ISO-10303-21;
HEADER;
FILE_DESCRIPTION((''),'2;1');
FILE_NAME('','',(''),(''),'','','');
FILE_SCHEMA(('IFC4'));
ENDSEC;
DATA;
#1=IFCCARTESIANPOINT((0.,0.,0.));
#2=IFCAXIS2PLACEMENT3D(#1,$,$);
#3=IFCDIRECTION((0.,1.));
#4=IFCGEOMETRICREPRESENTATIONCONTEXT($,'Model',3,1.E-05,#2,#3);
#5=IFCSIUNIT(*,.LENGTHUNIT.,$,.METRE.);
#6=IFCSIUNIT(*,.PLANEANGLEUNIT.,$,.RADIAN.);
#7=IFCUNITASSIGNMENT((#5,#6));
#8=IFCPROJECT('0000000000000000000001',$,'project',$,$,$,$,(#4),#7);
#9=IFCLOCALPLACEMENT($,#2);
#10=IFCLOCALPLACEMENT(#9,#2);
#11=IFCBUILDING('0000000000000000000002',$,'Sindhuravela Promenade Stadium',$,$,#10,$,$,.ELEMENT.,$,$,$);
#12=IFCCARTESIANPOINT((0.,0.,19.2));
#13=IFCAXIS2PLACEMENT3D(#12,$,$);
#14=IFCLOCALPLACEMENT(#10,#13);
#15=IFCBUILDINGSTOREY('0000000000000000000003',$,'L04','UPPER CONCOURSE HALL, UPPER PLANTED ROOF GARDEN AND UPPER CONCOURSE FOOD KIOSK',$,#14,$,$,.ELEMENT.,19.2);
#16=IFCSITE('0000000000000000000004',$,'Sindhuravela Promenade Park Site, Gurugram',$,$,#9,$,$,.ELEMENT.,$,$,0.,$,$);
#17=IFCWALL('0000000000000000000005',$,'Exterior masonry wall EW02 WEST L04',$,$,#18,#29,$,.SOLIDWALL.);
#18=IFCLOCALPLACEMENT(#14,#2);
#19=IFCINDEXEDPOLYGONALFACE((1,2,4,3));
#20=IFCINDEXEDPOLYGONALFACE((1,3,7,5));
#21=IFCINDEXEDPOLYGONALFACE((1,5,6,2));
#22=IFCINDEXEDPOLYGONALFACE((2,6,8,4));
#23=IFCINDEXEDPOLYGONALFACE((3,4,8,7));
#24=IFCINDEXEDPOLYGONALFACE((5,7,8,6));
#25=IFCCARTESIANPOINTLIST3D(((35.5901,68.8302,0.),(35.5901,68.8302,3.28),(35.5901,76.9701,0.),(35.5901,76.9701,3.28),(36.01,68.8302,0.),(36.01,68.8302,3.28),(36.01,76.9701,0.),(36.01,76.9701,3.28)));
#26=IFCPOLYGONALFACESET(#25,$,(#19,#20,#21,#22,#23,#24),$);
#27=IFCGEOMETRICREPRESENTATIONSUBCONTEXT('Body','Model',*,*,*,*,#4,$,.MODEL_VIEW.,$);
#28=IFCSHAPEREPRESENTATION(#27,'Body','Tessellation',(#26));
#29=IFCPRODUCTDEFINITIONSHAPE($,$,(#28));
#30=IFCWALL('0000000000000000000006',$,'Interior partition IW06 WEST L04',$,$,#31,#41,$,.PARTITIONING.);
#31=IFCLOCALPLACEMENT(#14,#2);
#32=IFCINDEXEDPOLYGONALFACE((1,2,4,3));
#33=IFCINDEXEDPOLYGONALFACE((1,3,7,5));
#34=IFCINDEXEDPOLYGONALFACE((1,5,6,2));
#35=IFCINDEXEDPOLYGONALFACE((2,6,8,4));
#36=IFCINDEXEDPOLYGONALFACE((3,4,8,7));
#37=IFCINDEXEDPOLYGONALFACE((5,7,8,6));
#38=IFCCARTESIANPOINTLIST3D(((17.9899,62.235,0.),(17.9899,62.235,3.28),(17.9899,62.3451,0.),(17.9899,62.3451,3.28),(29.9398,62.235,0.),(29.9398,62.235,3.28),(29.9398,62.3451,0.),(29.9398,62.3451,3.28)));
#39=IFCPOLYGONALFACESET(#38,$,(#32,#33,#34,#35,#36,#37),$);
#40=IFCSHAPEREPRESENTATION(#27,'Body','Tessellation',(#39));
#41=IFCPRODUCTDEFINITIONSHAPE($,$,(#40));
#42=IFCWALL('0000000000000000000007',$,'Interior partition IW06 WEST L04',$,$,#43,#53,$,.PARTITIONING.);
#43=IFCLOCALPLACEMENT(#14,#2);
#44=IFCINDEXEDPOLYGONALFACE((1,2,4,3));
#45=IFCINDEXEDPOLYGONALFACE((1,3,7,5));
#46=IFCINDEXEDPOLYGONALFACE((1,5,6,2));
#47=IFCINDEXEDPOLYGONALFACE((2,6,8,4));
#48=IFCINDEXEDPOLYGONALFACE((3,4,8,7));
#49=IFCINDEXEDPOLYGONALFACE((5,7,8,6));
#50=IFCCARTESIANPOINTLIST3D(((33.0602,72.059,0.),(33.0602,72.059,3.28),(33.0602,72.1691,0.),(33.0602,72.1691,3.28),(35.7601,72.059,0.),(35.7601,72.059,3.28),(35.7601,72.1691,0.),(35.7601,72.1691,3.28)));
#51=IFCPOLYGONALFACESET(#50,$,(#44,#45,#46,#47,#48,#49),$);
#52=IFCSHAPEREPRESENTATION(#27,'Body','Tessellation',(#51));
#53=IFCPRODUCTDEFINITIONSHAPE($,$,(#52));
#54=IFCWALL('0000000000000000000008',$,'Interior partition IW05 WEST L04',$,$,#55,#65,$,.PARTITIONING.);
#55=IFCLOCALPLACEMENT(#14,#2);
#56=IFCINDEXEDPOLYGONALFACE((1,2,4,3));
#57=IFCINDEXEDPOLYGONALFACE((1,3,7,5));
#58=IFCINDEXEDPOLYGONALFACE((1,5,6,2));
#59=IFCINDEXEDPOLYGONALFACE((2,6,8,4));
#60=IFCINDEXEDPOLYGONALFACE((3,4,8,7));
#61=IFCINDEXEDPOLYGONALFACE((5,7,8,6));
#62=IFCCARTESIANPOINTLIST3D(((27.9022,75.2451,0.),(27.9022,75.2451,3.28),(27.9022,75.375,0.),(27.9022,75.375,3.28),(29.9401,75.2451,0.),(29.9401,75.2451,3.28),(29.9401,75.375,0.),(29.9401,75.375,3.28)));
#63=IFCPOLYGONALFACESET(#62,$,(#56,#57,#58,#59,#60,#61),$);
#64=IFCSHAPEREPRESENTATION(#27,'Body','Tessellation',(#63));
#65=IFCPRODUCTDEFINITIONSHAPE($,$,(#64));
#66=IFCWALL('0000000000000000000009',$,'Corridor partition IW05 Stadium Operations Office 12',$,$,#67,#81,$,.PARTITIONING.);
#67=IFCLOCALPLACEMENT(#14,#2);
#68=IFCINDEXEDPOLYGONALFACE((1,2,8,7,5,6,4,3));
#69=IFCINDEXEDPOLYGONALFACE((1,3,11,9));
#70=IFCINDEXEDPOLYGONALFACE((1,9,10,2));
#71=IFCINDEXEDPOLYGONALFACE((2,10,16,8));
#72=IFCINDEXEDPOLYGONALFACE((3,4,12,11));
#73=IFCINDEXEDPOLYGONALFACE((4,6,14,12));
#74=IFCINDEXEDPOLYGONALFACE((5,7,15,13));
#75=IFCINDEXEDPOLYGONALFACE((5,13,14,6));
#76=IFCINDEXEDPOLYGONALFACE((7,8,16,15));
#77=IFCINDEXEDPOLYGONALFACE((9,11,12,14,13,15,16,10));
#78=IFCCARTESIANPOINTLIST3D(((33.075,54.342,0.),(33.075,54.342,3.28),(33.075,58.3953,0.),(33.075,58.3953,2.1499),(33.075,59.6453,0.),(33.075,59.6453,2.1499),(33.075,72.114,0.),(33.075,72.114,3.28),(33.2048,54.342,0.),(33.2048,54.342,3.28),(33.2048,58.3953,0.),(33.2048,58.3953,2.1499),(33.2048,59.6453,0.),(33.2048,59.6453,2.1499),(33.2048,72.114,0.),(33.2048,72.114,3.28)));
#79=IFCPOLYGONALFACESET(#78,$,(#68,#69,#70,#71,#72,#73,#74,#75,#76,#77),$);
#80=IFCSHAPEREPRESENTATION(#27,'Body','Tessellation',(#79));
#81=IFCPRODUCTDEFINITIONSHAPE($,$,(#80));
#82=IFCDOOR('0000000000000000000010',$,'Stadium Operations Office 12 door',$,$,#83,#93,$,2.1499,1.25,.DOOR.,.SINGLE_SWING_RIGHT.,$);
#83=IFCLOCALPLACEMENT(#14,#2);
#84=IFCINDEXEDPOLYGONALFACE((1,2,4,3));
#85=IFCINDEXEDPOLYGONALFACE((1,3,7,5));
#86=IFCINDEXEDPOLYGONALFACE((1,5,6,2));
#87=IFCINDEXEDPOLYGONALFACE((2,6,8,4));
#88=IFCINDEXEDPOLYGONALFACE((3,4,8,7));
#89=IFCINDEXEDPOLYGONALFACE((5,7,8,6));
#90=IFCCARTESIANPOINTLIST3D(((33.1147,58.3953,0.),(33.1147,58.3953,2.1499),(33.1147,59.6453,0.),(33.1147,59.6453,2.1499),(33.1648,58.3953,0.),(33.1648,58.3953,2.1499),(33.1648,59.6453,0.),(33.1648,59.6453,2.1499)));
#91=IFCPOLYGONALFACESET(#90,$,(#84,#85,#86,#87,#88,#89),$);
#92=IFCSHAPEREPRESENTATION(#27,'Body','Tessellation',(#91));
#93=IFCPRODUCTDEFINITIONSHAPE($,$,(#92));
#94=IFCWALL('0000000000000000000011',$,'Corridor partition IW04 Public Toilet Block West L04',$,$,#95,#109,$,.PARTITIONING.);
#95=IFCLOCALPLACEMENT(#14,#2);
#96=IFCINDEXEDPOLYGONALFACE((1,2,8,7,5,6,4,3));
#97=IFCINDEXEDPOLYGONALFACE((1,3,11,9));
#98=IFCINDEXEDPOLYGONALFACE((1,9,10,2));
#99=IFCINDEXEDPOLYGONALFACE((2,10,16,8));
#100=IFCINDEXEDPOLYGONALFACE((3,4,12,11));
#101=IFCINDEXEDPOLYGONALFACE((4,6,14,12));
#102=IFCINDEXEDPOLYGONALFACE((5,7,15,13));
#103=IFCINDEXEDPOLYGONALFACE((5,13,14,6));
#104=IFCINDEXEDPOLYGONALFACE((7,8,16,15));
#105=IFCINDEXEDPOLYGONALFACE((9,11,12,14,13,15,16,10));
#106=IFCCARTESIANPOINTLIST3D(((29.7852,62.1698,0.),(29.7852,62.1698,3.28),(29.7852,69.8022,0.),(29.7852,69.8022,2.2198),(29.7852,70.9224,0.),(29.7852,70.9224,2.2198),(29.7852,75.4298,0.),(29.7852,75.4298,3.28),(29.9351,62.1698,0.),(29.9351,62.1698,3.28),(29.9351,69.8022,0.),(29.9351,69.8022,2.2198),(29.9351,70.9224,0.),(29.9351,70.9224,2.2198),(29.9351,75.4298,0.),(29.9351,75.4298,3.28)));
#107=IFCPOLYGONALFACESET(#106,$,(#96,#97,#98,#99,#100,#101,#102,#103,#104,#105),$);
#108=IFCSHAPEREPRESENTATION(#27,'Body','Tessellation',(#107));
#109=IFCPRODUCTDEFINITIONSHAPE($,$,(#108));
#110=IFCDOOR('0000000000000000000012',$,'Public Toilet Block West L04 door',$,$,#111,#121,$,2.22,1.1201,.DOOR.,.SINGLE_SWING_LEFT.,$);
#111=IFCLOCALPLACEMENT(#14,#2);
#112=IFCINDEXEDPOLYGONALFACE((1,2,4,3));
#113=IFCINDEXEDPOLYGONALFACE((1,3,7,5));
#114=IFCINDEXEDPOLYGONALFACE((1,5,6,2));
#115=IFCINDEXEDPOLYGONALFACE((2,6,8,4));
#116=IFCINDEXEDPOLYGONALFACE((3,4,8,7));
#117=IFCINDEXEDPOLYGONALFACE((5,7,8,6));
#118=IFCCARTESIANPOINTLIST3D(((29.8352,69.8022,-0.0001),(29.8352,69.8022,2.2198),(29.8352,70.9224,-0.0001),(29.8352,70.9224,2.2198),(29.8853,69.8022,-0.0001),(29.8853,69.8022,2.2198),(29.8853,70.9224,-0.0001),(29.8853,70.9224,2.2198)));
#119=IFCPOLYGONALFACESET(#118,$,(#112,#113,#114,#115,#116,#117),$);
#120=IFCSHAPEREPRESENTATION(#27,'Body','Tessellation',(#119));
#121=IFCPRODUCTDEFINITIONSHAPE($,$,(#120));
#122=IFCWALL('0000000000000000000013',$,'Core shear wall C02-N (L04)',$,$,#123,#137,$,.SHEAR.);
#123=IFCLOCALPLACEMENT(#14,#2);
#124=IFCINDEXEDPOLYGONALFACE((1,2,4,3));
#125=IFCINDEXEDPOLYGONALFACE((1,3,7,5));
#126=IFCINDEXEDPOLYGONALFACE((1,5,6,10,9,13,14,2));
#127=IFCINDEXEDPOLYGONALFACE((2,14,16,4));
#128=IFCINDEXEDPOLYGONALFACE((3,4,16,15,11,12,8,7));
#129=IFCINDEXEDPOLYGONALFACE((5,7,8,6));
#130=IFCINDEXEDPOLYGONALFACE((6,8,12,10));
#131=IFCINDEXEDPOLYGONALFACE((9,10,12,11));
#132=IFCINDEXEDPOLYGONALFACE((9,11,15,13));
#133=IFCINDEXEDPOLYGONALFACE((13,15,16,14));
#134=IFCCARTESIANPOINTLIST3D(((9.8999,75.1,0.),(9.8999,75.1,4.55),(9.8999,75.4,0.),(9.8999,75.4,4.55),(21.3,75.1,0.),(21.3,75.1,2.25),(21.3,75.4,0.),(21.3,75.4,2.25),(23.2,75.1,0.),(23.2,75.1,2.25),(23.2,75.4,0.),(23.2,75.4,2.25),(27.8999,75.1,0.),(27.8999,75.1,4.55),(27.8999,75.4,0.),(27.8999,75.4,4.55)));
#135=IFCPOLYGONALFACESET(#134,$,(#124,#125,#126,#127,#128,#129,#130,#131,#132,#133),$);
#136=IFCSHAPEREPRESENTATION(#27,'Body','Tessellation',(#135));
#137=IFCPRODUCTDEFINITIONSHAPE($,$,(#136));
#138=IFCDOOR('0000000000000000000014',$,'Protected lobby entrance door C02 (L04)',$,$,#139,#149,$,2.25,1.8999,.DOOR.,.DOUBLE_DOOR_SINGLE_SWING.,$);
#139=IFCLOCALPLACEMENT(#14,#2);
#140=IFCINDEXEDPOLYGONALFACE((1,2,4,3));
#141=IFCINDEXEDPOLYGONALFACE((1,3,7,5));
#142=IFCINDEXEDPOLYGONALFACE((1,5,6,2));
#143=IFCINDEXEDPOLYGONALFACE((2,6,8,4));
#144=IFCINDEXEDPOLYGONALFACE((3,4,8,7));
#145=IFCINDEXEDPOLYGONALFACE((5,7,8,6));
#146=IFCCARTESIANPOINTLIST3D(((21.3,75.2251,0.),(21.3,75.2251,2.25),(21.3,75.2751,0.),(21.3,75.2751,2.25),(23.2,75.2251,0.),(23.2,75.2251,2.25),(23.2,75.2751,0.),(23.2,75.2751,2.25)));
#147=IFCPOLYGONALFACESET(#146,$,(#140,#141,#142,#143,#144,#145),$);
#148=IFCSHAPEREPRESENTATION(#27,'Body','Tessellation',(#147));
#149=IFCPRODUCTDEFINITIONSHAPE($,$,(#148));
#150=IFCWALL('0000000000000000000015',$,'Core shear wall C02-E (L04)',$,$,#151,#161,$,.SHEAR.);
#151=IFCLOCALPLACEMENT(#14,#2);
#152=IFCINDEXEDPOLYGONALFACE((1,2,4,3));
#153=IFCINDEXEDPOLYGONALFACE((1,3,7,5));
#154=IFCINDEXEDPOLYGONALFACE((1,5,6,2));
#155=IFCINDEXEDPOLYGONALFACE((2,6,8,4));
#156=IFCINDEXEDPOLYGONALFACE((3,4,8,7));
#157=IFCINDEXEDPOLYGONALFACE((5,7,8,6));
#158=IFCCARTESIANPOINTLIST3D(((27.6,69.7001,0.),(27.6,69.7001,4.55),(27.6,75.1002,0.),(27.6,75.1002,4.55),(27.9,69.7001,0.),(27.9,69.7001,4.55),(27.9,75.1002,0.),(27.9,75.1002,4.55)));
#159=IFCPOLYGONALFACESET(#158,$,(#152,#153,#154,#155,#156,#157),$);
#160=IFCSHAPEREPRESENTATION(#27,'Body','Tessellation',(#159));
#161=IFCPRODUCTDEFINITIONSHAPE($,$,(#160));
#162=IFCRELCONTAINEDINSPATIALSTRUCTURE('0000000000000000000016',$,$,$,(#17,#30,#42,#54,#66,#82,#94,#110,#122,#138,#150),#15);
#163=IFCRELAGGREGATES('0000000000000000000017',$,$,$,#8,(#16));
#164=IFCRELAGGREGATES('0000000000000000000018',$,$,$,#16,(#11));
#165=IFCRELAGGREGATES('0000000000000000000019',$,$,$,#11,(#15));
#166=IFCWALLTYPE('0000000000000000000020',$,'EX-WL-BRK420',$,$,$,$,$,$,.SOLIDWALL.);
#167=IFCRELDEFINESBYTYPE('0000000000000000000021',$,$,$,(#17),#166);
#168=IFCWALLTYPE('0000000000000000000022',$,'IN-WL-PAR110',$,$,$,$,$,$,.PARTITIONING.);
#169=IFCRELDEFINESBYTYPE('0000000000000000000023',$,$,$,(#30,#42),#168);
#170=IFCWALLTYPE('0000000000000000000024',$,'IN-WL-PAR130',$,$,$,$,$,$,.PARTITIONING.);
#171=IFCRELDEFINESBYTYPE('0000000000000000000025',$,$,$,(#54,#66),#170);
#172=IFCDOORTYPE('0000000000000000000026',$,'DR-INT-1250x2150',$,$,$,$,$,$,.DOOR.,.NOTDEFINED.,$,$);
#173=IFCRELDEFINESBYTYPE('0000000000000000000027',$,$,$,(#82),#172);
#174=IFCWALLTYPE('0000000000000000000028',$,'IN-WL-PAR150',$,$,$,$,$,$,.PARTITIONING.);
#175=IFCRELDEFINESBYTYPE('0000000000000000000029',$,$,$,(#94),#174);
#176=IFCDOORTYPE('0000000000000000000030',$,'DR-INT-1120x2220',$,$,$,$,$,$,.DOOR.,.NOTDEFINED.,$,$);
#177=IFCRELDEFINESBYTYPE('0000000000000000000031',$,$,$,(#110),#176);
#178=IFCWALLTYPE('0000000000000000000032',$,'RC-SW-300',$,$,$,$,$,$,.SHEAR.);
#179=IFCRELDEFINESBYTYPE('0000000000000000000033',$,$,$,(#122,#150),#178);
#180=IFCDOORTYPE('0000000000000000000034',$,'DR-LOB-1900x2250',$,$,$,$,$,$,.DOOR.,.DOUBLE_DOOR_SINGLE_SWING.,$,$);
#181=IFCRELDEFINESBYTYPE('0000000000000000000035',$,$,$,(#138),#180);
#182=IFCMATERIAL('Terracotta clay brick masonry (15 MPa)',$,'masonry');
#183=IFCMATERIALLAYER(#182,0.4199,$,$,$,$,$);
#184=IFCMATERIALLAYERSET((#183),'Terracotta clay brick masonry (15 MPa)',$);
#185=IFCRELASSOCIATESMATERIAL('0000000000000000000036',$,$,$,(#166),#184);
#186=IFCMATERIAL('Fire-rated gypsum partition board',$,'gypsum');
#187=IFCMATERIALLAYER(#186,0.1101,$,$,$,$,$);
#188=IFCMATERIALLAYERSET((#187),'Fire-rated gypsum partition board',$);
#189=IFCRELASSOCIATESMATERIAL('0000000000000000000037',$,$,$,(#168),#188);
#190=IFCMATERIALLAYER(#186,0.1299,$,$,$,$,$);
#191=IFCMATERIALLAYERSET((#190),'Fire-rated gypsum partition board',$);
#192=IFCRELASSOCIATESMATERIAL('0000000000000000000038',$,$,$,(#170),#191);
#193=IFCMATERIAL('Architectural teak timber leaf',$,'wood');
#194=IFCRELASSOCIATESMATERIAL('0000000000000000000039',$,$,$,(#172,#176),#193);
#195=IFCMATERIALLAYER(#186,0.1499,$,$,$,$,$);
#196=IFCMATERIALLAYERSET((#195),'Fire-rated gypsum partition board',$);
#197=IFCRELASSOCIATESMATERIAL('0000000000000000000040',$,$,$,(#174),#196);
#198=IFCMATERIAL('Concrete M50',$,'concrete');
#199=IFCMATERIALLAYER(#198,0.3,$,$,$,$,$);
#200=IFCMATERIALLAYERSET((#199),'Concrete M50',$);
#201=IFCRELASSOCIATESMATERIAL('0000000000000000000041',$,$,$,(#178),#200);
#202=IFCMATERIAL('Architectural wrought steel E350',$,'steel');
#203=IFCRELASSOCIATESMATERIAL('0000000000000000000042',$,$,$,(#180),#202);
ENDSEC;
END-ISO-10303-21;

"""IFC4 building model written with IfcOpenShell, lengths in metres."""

from ifc_helpers import new_model, si_unit, direction, frame, frame_2d, origin, place, context, subcontext, project, spatial, rectangle, extrude, material, layer, layer_set, type_object, element, fill, save


model = new_model("IFC4")

# Units and contexts
model_context = context("Model", 3, precision=1e-05, world=origin(), true_north=direction((0.0, 1.0)))
body_context = subcontext(model_context, "Body", "Model", "MODEL_VIEW")
ifc_project = project(units=[si_unit("LENGTHUNIT", "METRE"), si_unit("PLANEANGLEUNIT", "RADIAN")], contexts=[model_context])

# Site, building, storey
site_placement = place(None, origin())
site = spatial("IfcSite", under=ifc_project, at=site_placement, Name="Sindhuravela Promenade Park Site, Gurugram", CompositionType="ELEMENT", RefElevation=0.0)
building_placement = place(site_placement, origin())
building = spatial("IfcBuilding", under=site, at=building_placement, Name="Sindhuravela Promenade Stadium", CompositionType="ELEMENT")
storey_placement = place(building_placement, frame((0.0, 0.0, 19.2)))
storey = spatial("IfcBuildingStorey", under=building, at=storey_placement, Name="L04", Description="UPPER CONCOURSE HALL, UPPER PLANTED ROOF GARDEN AND UPPER CONCOURSE FOOD KIOSK", CompositionType="ELEMENT", Elevation=19.2)

# Shared definitions
ifc_material_1 = material(Name="Concrete M50", Category="concrete")

# Walls
ifc_material_2 = material(Name="Terracotta clay brick masonry (15 MPa)", Category="masonry")
ifc_layer_1 = layer(ifc_material_2, 0.4199)
ifc_layer_set_1 = layer_set([ifc_layer_1], Name="Terracotta clay brick masonry (15 MPa)")
wall_type_1 = type_object("IfcWallType", Name="EX-WL-BRK420", PredefinedType="SOLIDWALL", material=ifc_layer_set_1)
wall_1_placement = place(storey_placement, frame((35.8, 76.97, 0.0), z_axis=(0.0, 0.0, 1.0), x_axis=(0.0, -1.0, 0.0)))
element("IfcWall", 1, at=wall_1_placement, inside=storey, type_object=wall_type_1, Name="Exterior masonry wall EW02 WEST L04", PredefinedType="SOLIDWALL", context=body_context, shape_type="SweptSolid", body=[
    extrude(rectangle(XDim=8.1399, YDim=0.4199, at=frame_2d((4.0698, 0.0))), origin(), (0.0, 0.0, 1.0), 3.28),
])
ifc_material_3 = material(Name="Fire-rated gypsum partition board", Category="gypsum")
ifc_layer_2 = layer(ifc_material_3, 0.1101)
ifc_layer_set_2 = layer_set([ifc_layer_2], Name="Fire-rated gypsum partition board")
wall_type_2 = type_object("IfcWallType", Name="IN-WL-PAR110", PredefinedType="PARTITIONING", material=ifc_layer_set_2)
wall_2_placement = place(storey_placement, frame((29.9399, 62.29, 0.0), z_axis=(0.0, 0.0, 1.0), x_axis=(-1.0, 0.0, 0.0)))
element("IfcWall", 2, at=wall_2_placement, inside=storey, type_object=wall_type_2, Name="Interior partition IW06 WEST L04", PredefinedType="PARTITIONING", context=body_context, shape_type="SweptSolid", body=[
    extrude(rectangle(XDim=11.95, YDim=0.1101, at=frame_2d((5.9751, 0.0))), origin(), (0.0, 0.0, 1.0), 3.28),
])
wall_3_placement = place(storey_placement, frame((33.0601, 72.114, 0.0), z_axis=(0.0, 0.0, 1.0), x_axis=(1.0, 0.0, 0.0)))
element("IfcWall", 3, at=wall_3_placement, inside=storey, type_object=wall_type_2, Name="Interior partition IW06 WEST L04", PredefinedType="PARTITIONING", context=body_context, shape_type="SweptSolid", body=[
    extrude(rectangle(XDim=2.7, YDim=0.1101, at=frame_2d((1.3501, 0.0))), origin(), (0.0, 0.0, 1.0), 3.28),
])
ifc_layer_3 = layer(ifc_material_3, 0.1299)
ifc_layer_set_3 = layer_set([ifc_layer_3], Name="Fire-rated gypsum partition board")
wall_type_3 = type_object("IfcWallType", Name="IN-WL-PAR130", PredefinedType="PARTITIONING", material=ifc_layer_set_3)
wall_4_placement = place(storey_placement, frame((27.9021, 75.3101, 0.0), z_axis=(0.0, 0.0, 1.0), x_axis=(1.0, 0.0, 0.0)))
element("IfcWall", 4, at=wall_4_placement, inside=storey, type_object=wall_type_3, Name="Interior partition IW05 WEST L04", PredefinedType="PARTITIONING", context=body_context, shape_type="SweptSolid", body=[
    extrude(rectangle(XDim=2.0378, YDim=0.1299, at=frame_2d((1.019, 0.0))), origin(), (0.0, 0.0, 1.0), 3.28),
])

# Walls, openings, doors
wall_5_placement = place(storey_placement, frame((33.1399, 72.114, 0.0), z_axis=(0.0, 0.0, 1.0), x_axis=(0.0, -1.0, 0.0)))
wall_5 = element("IfcWall", 5, at=wall_5_placement, inside=storey, type_object=wall_type_3, Name="Corridor partition IW05 Stadium Operations Office 12", PredefinedType="PARTITIONING", context=body_context, shape_type="SweptSolid", body=[
    extrude(rectangle(XDim=17.772, YDim=0.1299, at=frame_2d((8.886, 0.0))), origin(), (0.0, 0.0, 1.0), 3.28),
])
opening_1_placement = place(wall_5_placement, frame((12.4688, 0.0, 0.0)))
opening_1 = element("IfcOpeningElement", 6, at=opening_1_placement, cuts=wall_5, PredefinedType="OPENING", context=body_context, shape_type="SweptSolid", body=[
    extrude(rectangle(XDim=1.25, YDim=2.1499, at=frame_2d((0.625, 1.075))), frame((0.0, 0.075, 0.0), z_axis=(0.0, -1.0, 0.0), x_axis=(1.0, 0.0, 0.0)), (0.0, 0.0, 1.0), 0.1499),
])
ifc_material_4 = material(Name="Architectural teak timber leaf", Category="wood")
door_type_1 = type_object("IfcDoorType", Name="DR-INT-1250x2150", OperationType="NOTDEFINED", PredefinedType="DOOR", material=ifc_material_4)
door_1_placement = place(opening_1_placement, origin())
door_1 = element("IfcDoor", 7, at=door_1_placement, inside=storey, type_object=door_type_1, Name="Stadium Operations Office 12 door", OperationType="SINGLE_SWING_RIGHT", OverallHeight=2.1499, OverallWidth=1.25, PredefinedType="DOOR", context=body_context, shape_type="SweptSolid", body=[
    extrude(rectangle(XDim=1.25, YDim=2.1499, at=frame_2d((0.625, 1.075))), frame((0.0, 0.0249, 0.0), z_axis=(0.0, -1.0, 0.0), x_axis=(1.0, 0.0, 0.0)), (0.0, 0.0, 1.0), 0.05),
])
fill(opening_1, door_1)
ifc_layer_4 = layer(ifc_material_3, 0.1499)
ifc_layer_set_4 = layer_set([ifc_layer_4], Name="Fire-rated gypsum partition board")
wall_type_4 = type_object("IfcWallType", Name="IN-WL-PAR150", PredefinedType="PARTITIONING", material=ifc_layer_set_4)
wall_6_placement = place(storey_placement, frame((29.8601, 62.1699, 0.0), z_axis=(0.0, 0.0, 1.0), x_axis=(0.0, 1.0, 0.0)))
wall_6 = element("IfcWall", 8, at=wall_6_placement, inside=storey, type_object=wall_type_4, Name="Corridor partition IW04 Public Toilet Block West L04", PredefinedType="PARTITIONING", context=body_context, shape_type="SweptSolid", body=[
    extrude(rectangle(XDim=13.26, YDim=0.1499, at=frame_2d((6.6299, 0.0))), origin(), (0.0, 0.0, 1.0), 3.28),
])
opening_2_placement = place(wall_6_placement, frame((7.6323, 0.0, 0.0)))
opening_2 = element("IfcOpeningElement", 9, at=opening_2_placement, cuts=wall_6, PredefinedType="OPENING", context=body_context, shape_type="SweptSolid", body=[
    extrude(rectangle(XDim=1.1201, YDim=2.22, at=frame_2d((0.5601, 1.1099))), frame((0.0, 0.085, 0.0), z_axis=(0.0, -1.0, 0.0), x_axis=(1.0, 0.0, 0.0)), (0.0, 0.0, 1.0), 0.1699),
])
door_type_2 = type_object("IfcDoorType", Name="DR-INT-1120x2220", OperationType="NOTDEFINED", PredefinedType="DOOR", material=ifc_material_4)
door_2_placement = place(opening_2_placement, origin())
door_2 = element("IfcDoor", 10, at=door_2_placement, inside=storey, type_object=door_type_2, Name="Public Toilet Block West L04 door", OperationType="SINGLE_SWING_LEFT", OverallHeight=2.22, OverallWidth=1.1201, PredefinedType="DOOR", context=body_context, shape_type="SweptSolid", body=[
    extrude(rectangle(XDim=1.1201, YDim=2.22, at=frame_2d((0.5601, 1.1099))), frame((0.0, 0.0249, 0.0), z_axis=(0.0, -1.0, 0.0), x_axis=(1.0, 0.0, 0.0)), (0.0, 0.0, 1.0), 0.05),
])
fill(opening_2, door_2)
ifc_layer_5 = layer(ifc_material_1, 0.3)
ifc_layer_set_5 = layer_set([ifc_layer_5], Name="Concrete M50")
wall_type_5 = type_object("IfcWallType", Name="RC-SW-300", PredefinedType="SHEAR", material=ifc_layer_set_5)
wall_7_placement = place(storey_placement, frame((27.8999, 75.25, 0.0), z_axis=(0.0, 0.0, 1.0), x_axis=(-1.0, 0.0, 0.0)))
wall_7 = element("IfcWall", 11, at=wall_7_placement, inside=storey, type_object=wall_type_5, Name="Core shear wall C02-N (L04)", PredefinedType="SHEAR", context=body_context, shape_type="SweptSolid", body=[
    extrude(rectangle(XDim=18.0, YDim=0.3, at=frame_2d((9.0, 0.0))), origin(), (0.0, 0.0, 1.0), 4.55),
])
opening_3_placement = place(wall_7_placement, frame((4.7, 0.0, 0.0)))
opening_3 = element("IfcOpeningElement", 12, at=opening_3_placement, cuts=wall_7, PredefinedType="OPENING", context=body_context, shape_type="SweptSolid", body=[
    extrude(rectangle(XDim=1.8999, YDim=2.25, at=frame_2d((0.95, 1.125))), frame((0.0, 0.1599, 0.0), z_axis=(0.0, -1.0, 0.0), x_axis=(1.0, 0.0, 0.0)), (0.0, 0.0, 1.0), 0.3201),
])
ifc_material_5 = material(Name="Architectural wrought steel E350", Category="steel")
door_type_3 = type_object("IfcDoorType", Name="DR-LOB-1900x2250", OperationType="DOUBLE_DOOR_SINGLE_SWING", PredefinedType="DOOR", material=ifc_material_5)
door_3_placement = place(opening_3_placement, origin())
door_3 = element("IfcDoor", 13, at=door_3_placement, inside=storey, type_object=door_type_3, Name="Protected lobby entrance door C02 (L04)", OperationType="DOUBLE_DOOR_SINGLE_SWING", OverallHeight=2.25, OverallWidth=1.8999, PredefinedType="DOOR", context=body_context, shape_type="SweptSolid", body=[
    extrude(rectangle(XDim=1.8999, YDim=2.25, at=frame_2d((0.95, 1.125))), frame((0.0, 0.0249, 0.0), z_axis=(0.0, -1.0, 0.0), x_axis=(1.0, 0.0, 0.0)), (0.0, 0.0, 1.0), 0.05),
])
fill(opening_3, door_3)

# Wall
wall_8_placement = place(storey_placement, frame((27.75, 69.7, 0.0), z_axis=(0.0, 0.0, 1.0), x_axis=(0.0, 1.0, 0.0)))
element("IfcWall", 14, at=wall_8_placement, inside=storey, type_object=wall_type_5, Name="Core shear wall C02-E (L04)", PredefinedType="SHEAR", context=body_context, shape_type="SweptSolid", body=[
    extrude(rectangle(XDim=5.4001, YDim=0.3, at=frame_2d((2.7002, 0.0))), origin(), (0.0, 0.0, 1.0), 4.55),
])

save(model, "model.ifc")
